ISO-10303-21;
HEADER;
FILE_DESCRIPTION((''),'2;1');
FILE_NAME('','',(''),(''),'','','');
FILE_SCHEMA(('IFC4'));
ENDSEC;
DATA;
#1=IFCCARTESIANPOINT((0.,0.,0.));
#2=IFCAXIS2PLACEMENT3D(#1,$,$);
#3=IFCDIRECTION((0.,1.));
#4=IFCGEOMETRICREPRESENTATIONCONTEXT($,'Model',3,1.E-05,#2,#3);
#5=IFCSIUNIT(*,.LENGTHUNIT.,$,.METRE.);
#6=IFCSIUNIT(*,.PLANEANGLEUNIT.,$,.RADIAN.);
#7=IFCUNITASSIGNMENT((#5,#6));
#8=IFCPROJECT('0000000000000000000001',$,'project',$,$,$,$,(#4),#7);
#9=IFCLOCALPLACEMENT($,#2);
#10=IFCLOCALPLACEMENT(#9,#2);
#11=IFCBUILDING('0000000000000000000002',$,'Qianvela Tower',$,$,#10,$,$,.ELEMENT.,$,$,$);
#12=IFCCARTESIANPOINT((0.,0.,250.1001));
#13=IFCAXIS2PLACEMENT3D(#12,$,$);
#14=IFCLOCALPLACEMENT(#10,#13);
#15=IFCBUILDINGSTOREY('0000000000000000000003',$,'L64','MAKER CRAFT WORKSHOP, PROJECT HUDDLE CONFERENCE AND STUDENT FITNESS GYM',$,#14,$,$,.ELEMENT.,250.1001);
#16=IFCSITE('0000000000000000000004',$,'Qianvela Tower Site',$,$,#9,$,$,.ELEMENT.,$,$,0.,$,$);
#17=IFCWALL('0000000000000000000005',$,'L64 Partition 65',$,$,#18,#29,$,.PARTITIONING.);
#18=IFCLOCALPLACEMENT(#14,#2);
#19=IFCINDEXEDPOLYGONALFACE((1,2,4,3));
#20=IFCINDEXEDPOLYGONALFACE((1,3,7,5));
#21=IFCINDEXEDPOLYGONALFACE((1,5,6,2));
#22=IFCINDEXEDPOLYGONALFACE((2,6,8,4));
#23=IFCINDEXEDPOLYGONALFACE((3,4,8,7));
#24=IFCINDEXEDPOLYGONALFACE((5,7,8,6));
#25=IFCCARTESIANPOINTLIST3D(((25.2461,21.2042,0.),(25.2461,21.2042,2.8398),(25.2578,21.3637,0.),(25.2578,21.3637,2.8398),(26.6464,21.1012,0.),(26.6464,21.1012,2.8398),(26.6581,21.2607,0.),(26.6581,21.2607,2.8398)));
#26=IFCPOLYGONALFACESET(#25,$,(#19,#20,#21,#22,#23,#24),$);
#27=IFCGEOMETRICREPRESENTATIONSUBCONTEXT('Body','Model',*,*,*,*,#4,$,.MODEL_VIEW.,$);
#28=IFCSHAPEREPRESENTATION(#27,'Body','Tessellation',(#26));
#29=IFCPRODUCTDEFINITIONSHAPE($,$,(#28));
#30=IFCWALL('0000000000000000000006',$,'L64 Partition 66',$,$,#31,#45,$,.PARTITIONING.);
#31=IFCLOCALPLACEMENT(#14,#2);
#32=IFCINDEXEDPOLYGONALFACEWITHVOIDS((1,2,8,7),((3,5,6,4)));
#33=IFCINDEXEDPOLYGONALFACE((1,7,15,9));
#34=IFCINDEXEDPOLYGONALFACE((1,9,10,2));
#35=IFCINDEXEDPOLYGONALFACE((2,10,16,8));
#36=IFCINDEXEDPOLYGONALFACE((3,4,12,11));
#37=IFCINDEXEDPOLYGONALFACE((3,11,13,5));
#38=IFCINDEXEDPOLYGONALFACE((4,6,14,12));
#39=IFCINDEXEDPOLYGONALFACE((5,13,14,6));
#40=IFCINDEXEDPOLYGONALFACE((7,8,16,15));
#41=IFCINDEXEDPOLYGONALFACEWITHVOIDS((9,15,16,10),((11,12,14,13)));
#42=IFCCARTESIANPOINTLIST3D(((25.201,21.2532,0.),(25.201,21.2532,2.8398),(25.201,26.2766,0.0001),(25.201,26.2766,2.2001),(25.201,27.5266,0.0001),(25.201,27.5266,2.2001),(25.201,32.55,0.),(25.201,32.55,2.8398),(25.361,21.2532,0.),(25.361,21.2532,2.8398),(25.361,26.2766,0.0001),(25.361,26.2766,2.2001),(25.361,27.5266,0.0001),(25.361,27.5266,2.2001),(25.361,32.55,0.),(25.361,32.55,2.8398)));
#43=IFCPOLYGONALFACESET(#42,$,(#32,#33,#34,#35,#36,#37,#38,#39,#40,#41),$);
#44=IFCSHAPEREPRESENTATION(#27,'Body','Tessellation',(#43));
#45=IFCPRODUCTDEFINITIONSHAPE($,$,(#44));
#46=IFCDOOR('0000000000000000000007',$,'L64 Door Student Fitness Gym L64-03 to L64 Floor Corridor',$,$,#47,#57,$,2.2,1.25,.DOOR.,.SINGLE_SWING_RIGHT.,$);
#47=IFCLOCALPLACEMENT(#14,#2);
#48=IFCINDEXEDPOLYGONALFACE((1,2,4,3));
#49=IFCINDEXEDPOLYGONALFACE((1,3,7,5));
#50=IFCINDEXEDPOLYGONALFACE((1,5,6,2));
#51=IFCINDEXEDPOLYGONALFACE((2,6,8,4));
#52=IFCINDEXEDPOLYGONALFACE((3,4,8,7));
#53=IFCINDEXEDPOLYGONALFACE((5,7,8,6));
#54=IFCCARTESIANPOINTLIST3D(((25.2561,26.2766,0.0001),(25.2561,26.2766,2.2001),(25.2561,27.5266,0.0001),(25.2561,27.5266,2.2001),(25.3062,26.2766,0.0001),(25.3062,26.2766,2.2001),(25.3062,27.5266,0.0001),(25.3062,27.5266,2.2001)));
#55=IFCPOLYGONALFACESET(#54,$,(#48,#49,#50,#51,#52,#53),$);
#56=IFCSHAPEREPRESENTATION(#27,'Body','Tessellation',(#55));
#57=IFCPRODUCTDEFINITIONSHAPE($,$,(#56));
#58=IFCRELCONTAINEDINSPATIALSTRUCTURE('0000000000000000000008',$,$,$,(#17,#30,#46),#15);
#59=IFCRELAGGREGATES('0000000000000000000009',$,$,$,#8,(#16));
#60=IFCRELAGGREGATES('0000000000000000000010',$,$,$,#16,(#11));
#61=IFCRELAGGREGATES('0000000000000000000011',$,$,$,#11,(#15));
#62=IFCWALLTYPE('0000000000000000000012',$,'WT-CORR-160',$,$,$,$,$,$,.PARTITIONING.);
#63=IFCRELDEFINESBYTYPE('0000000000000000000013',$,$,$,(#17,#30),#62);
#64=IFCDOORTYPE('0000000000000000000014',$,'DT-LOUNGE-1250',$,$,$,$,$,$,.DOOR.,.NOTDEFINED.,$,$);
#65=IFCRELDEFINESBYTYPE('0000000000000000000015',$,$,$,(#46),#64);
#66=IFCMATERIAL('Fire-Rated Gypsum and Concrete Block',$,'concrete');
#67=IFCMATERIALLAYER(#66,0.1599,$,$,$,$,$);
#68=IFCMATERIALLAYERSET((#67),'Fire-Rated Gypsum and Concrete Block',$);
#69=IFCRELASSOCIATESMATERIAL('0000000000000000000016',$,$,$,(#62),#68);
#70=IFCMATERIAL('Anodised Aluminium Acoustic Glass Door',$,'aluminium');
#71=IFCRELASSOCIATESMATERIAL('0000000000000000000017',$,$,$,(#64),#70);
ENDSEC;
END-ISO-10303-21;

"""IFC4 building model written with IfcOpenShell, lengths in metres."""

from ifc_helpers import new_model, si_unit, direction, frame, frame_2d, origin, place, context, subcontext, project, spatial, rectangle, extrude, material, layer, layer_set, type_object, element, fill, save


model = new_model("IFC4")

# Units and contexts
model_context = context("Model", 3, precision=1e-05, world=origin(), true_north=direction((0.0, 1.0)))
body_context = subcontext(model_context, "Body", "Model", "MODEL_VIEW")
ifc_project = project(units=[si_unit("LENGTHUNIT", "METRE"), si_unit("PLANEANGLEUNIT", "RADIAN")], contexts=[model_context])

# Site, building, storey
site_placement = place(None, origin())
site = spatial("IfcSite", under=ifc_project, at=site_placement, Name="Qianvela Tower Site", CompositionType="ELEMENT", RefElevation=0.0)
building_placement = place(site_placement, origin())
building = spatial("IfcBuilding", under=site, at=building_placement, Name="Qianvela Tower", CompositionType="ELEMENT")
storey_placement = place(building_placement, frame((0.0, 0.0, 250.1001)))
storey = spatial("IfcBuildingStorey", under=building, at=storey_placement, Name="L64", Description="MAKER CRAFT WORKSHOP, PROJECT HUDDLE CONFERENCE AND STUDENT FITNESS GYM", CompositionType="ELEMENT", Elevation=250.1001)

# Shared definitions
ifc_material_1 = material(Name="Fire-Rated Gypsum and Concrete Block", Category="concrete")
ifc_layer_1 = layer(ifc_material_1, 0.1599)
ifc_layer_set_1 = layer_set([ifc_layer_1], Name="Fire-Rated Gypsum and Concrete Block")
wall_type = type_object("IfcWallType", Name="WT-CORR-160", PredefinedType="PARTITIONING", material=ifc_layer_set_1)

# Wall
wall_1_placement = place(storey_placement, frame((26.6523, 21.1809, 0.0), z_axis=(0.0, 0.0, 1.0), x_axis=(-0.997304, 0.073385, 0.0)))
element("IfcWall", 1, at=wall_1_placement, inside=storey, type_object=wall_type, Name="L64 Partition 65", PredefinedType="PARTITIONING", context=body_context, shape_type="SweptSolid", body=[
    extrude(rectangle(XDim=1.4041, YDim=0.1599, at=frame_2d((0.7021, 0.0))), origin(), (0.0, 0.0, 1.0), 2.8398),
])

# Wall, opening, door
wall_2_placement = place(storey_placement, frame((25.281, 21.2532, 0.0), z_axis=(0.0, 0.0, 1.0), x_axis=(0.0, 1.0, 0.0)))
wall_2 = element("IfcWall", 2, at=wall_2_placement, inside=storey, type_object=wall_type, Name="L64 Partition 66", PredefinedType="PARTITIONING", context=body_context, shape_type="SweptSolid", body=[
    extrude(rectangle(XDim=11.2969, YDim=0.1599, at=frame_2d((5.6484, 0.0))), origin(), (0.0, 0.0, 1.0), 2.8398),
])
opening_1_placement = place(wall_2_placement, frame((5.0234, 0.0, 0.0)))
opening_1 = element("IfcOpeningElement", 3, at=opening_1_placement, cuts=wall_2, PredefinedType="OPENING", context=body_context, shape_type="SweptSolid", body=[
    extrude(rectangle(XDim=1.25, YDim=2.2, at=frame_2d((0.625, 1.1001))), frame((0.0, 0.0898, 0.0), z_axis=(0.0, -1.0, 0.0), x_axis=(1.0, 0.0, 0.0)), (0.0, 0.0, 1.0), 0.1799),
])
ifc_material_2 = material(Name="Anodised Aluminium Acoustic Glass Door", Category="aluminium")
door_type_1 = type_object("IfcDoorType", Name="DT-LOUNGE-1250", OperationType="NOTDEFINED", PredefinedType="DOOR", material=ifc_material_2)
door_1_placement = place(opening_1_placement, origin())
door_1 = element("IfcDoor", 4, at=door_1_placement, inside=storey, type_object=door_type_1, Name="L64 Door Student Fitness Gym L64-03 to L64 Floor Corridor", OperationType="SINGLE_SWING_RIGHT", OverallHeight=2.2, OverallWidth=1.25, PredefinedType="DOOR", context=body_context, shape_type="SweptSolid", body=[
    extrude(rectangle(XDim=1.25, YDim=2.2, at=frame_2d((0.625, 1.1001))), frame((0.0, 0.0249, 0.0), z_axis=(0.0, -1.0, 0.0), x_axis=(1.0, 0.0, 0.0)), (0.0, 0.0, 1.0), 0.05),
])
fill(opening_1, door_1)

save(model, "model.ifc")
